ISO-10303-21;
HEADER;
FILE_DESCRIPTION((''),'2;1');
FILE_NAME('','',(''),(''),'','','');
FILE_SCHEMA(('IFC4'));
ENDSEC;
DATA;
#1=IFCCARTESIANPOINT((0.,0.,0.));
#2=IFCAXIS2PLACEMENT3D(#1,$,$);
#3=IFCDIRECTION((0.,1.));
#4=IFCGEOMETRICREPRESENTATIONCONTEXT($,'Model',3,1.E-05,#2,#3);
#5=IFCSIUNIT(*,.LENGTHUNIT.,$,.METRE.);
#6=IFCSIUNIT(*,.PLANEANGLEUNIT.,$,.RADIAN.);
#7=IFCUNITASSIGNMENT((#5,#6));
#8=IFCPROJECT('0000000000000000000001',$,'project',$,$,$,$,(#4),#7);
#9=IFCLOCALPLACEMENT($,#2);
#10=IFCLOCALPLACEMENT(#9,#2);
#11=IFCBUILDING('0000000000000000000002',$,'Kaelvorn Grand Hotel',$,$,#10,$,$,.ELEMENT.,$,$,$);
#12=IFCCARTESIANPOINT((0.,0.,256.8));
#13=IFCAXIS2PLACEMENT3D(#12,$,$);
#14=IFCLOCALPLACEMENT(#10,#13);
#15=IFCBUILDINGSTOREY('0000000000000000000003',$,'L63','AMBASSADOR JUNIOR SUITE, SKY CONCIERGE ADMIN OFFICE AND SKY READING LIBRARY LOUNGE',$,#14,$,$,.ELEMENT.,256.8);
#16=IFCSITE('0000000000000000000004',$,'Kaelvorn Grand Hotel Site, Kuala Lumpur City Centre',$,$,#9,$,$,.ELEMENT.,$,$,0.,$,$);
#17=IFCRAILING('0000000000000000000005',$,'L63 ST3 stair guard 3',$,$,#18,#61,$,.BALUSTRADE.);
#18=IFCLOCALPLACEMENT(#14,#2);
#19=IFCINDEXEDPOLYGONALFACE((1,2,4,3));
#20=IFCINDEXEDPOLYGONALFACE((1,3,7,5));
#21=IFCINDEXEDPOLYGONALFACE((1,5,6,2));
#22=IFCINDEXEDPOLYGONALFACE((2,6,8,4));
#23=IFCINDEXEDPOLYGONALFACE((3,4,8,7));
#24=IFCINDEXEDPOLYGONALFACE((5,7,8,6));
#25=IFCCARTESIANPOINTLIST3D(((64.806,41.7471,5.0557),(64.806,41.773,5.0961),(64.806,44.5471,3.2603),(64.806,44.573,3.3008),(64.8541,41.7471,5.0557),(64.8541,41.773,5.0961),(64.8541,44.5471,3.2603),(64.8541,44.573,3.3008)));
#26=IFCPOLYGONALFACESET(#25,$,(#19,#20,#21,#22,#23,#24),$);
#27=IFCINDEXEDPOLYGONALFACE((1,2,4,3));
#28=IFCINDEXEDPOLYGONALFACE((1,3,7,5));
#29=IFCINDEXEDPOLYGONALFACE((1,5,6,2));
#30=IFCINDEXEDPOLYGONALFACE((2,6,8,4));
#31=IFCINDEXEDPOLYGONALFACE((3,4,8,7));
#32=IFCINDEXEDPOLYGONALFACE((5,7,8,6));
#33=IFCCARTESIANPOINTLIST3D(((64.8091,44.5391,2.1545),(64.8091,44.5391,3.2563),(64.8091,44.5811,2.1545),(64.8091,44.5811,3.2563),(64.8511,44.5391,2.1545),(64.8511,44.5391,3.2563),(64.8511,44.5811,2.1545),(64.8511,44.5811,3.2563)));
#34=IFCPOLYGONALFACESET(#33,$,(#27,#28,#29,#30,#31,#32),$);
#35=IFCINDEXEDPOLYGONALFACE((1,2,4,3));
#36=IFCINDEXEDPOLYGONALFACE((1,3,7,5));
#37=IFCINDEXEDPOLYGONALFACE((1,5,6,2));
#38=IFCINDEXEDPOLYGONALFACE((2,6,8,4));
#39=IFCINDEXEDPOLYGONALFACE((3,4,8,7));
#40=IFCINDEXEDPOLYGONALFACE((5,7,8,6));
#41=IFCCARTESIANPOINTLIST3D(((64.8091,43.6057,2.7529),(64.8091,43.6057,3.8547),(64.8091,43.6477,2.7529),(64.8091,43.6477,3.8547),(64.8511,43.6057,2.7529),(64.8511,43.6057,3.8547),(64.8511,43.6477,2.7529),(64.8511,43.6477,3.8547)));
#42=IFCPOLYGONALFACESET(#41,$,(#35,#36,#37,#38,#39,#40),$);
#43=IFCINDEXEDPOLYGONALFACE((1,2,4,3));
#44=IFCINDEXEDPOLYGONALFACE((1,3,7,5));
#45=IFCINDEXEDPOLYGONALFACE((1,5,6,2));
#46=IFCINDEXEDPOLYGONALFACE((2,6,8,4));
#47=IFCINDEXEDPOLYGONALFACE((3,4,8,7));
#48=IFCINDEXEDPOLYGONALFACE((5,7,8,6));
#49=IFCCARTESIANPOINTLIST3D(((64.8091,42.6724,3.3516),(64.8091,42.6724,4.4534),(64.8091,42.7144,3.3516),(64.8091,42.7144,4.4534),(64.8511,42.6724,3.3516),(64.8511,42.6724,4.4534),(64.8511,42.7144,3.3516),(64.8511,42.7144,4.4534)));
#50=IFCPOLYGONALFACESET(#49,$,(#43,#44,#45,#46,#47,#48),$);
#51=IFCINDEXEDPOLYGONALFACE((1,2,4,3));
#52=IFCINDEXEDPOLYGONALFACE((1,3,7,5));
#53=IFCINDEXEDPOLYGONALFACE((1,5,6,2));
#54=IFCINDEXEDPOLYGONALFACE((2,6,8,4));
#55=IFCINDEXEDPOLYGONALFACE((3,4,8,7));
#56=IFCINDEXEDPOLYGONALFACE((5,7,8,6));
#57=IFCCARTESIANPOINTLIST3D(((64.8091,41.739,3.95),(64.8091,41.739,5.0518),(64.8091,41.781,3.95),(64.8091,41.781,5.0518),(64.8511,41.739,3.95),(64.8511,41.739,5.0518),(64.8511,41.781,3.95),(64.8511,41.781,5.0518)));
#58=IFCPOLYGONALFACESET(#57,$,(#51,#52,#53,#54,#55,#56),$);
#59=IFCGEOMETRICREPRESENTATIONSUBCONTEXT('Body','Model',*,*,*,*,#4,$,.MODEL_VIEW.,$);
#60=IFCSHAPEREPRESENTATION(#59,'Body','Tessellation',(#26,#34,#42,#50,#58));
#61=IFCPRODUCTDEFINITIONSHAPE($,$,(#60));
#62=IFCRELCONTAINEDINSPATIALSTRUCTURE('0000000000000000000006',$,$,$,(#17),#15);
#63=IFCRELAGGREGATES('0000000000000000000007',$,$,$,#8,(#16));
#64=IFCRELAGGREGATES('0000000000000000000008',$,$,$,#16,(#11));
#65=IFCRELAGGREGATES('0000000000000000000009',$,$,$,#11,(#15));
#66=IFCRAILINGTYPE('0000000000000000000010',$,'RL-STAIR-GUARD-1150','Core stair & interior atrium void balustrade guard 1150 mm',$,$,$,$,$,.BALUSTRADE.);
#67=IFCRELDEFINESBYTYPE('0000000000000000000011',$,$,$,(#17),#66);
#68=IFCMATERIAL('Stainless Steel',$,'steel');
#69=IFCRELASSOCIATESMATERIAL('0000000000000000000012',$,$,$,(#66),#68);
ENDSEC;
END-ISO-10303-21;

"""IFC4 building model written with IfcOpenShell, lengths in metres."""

from ifc_helpers import new_model, si_unit, direction, frame, origin, origin_2d, place, context, subcontext, project, spatial, rectangle, extrude, material, type_object, element, save


model = new_model("IFC4")

# Units and contexts
model_context = context("Model", 3, precision=1e-05, world=origin(), true_north=direction((0.0, 1.0)))
body_context = subcontext(model_context, "Body", "Model", "MODEL_VIEW")
ifc_project = project(units=[si_unit("LENGTHUNIT", "METRE"), si_unit("PLANEANGLEUNIT", "RADIAN")], contexts=[model_context])

# Site, building, storey
site_placement = place(None, origin())
site = spatial("IfcSite", under=ifc_project, at=site_placement, Name="Kaelvorn Grand Hotel Site, Kuala Lumpur City Centre", CompositionType="ELEMENT", RefElevation=0.0)
building_placement = place(site_placement, origin())
building = spatial("IfcBuilding", under=site, at=building_placement, Name="Kaelvorn Grand Hotel", CompositionType="ELEMENT")
storey_placement = place(building_placement, frame((0.0, 0.0, 256.8)))
storey = spatial("IfcBuildingStorey", under=building, at=storey_placement, Name="L63", Description="AMBASSADOR JUNIOR SUITE, SKY CONCIERGE ADMIN OFFICE AND SKY READING LIBRARY LOUNGE", CompositionType="ELEMENT", Elevation=256.8)

# Shared definitions
ifc_material_1 = material(Name="Stainless Steel", Category="steel")

# Railing
railing_type_1 = type_object("IfcRailingType", Name="RL-STAIR-GUARD-1150", Description="Core stair & interior atrium void balustrade guard 1150 mm", PredefinedType="BALUSTRADE", material=ifc_material_1)
railing_1_placement = place(storey_placement, frame((64.8301, 44.5601, 2.1545)))
element("IfcRailing", 1, at=railing_1_placement, inside=storey, type_object=railing_type_1, Name="L63 ST3 stair guard 3", PredefinedType="BALUSTRADE", context=body_context, shape_type="SweptSolid", body=[
    extrude(rectangle(XDim=0.0481, YDim=0.0481, at=origin_2d()), frame((0.0, 0.0, 1.126), z_axis=(0.0, -0.84181, 0.539774), x_axis=(1.0, 0.0, 0.0)), (0.0, 0.0, 1.0), 3.3262),
    extrude(rectangle(XDim=0.042, YDim=0.042, at=origin_2d()), origin(), (0.0, 0.0, 1.0), 1.1018),
    extrude(rectangle(XDim=0.042, YDim=0.042, at=origin_2d()), frame((0.0, -0.9333, 0.5984)), (0.0, 0.0, 1.0), 1.1018),
    extrude(rectangle(XDim=0.042, YDim=0.042, at=origin_2d()), frame((0.0, -1.8667, 1.197)), (0.0, 0.0, 1.0), 1.1018),
    extrude(rectangle(XDim=0.042, YDim=0.042, at=origin_2d()), frame((0.0, -2.8, 1.7954)), (0.0, 0.0, 1.0), 1.1018),
])

save(model, "model.ifc")
